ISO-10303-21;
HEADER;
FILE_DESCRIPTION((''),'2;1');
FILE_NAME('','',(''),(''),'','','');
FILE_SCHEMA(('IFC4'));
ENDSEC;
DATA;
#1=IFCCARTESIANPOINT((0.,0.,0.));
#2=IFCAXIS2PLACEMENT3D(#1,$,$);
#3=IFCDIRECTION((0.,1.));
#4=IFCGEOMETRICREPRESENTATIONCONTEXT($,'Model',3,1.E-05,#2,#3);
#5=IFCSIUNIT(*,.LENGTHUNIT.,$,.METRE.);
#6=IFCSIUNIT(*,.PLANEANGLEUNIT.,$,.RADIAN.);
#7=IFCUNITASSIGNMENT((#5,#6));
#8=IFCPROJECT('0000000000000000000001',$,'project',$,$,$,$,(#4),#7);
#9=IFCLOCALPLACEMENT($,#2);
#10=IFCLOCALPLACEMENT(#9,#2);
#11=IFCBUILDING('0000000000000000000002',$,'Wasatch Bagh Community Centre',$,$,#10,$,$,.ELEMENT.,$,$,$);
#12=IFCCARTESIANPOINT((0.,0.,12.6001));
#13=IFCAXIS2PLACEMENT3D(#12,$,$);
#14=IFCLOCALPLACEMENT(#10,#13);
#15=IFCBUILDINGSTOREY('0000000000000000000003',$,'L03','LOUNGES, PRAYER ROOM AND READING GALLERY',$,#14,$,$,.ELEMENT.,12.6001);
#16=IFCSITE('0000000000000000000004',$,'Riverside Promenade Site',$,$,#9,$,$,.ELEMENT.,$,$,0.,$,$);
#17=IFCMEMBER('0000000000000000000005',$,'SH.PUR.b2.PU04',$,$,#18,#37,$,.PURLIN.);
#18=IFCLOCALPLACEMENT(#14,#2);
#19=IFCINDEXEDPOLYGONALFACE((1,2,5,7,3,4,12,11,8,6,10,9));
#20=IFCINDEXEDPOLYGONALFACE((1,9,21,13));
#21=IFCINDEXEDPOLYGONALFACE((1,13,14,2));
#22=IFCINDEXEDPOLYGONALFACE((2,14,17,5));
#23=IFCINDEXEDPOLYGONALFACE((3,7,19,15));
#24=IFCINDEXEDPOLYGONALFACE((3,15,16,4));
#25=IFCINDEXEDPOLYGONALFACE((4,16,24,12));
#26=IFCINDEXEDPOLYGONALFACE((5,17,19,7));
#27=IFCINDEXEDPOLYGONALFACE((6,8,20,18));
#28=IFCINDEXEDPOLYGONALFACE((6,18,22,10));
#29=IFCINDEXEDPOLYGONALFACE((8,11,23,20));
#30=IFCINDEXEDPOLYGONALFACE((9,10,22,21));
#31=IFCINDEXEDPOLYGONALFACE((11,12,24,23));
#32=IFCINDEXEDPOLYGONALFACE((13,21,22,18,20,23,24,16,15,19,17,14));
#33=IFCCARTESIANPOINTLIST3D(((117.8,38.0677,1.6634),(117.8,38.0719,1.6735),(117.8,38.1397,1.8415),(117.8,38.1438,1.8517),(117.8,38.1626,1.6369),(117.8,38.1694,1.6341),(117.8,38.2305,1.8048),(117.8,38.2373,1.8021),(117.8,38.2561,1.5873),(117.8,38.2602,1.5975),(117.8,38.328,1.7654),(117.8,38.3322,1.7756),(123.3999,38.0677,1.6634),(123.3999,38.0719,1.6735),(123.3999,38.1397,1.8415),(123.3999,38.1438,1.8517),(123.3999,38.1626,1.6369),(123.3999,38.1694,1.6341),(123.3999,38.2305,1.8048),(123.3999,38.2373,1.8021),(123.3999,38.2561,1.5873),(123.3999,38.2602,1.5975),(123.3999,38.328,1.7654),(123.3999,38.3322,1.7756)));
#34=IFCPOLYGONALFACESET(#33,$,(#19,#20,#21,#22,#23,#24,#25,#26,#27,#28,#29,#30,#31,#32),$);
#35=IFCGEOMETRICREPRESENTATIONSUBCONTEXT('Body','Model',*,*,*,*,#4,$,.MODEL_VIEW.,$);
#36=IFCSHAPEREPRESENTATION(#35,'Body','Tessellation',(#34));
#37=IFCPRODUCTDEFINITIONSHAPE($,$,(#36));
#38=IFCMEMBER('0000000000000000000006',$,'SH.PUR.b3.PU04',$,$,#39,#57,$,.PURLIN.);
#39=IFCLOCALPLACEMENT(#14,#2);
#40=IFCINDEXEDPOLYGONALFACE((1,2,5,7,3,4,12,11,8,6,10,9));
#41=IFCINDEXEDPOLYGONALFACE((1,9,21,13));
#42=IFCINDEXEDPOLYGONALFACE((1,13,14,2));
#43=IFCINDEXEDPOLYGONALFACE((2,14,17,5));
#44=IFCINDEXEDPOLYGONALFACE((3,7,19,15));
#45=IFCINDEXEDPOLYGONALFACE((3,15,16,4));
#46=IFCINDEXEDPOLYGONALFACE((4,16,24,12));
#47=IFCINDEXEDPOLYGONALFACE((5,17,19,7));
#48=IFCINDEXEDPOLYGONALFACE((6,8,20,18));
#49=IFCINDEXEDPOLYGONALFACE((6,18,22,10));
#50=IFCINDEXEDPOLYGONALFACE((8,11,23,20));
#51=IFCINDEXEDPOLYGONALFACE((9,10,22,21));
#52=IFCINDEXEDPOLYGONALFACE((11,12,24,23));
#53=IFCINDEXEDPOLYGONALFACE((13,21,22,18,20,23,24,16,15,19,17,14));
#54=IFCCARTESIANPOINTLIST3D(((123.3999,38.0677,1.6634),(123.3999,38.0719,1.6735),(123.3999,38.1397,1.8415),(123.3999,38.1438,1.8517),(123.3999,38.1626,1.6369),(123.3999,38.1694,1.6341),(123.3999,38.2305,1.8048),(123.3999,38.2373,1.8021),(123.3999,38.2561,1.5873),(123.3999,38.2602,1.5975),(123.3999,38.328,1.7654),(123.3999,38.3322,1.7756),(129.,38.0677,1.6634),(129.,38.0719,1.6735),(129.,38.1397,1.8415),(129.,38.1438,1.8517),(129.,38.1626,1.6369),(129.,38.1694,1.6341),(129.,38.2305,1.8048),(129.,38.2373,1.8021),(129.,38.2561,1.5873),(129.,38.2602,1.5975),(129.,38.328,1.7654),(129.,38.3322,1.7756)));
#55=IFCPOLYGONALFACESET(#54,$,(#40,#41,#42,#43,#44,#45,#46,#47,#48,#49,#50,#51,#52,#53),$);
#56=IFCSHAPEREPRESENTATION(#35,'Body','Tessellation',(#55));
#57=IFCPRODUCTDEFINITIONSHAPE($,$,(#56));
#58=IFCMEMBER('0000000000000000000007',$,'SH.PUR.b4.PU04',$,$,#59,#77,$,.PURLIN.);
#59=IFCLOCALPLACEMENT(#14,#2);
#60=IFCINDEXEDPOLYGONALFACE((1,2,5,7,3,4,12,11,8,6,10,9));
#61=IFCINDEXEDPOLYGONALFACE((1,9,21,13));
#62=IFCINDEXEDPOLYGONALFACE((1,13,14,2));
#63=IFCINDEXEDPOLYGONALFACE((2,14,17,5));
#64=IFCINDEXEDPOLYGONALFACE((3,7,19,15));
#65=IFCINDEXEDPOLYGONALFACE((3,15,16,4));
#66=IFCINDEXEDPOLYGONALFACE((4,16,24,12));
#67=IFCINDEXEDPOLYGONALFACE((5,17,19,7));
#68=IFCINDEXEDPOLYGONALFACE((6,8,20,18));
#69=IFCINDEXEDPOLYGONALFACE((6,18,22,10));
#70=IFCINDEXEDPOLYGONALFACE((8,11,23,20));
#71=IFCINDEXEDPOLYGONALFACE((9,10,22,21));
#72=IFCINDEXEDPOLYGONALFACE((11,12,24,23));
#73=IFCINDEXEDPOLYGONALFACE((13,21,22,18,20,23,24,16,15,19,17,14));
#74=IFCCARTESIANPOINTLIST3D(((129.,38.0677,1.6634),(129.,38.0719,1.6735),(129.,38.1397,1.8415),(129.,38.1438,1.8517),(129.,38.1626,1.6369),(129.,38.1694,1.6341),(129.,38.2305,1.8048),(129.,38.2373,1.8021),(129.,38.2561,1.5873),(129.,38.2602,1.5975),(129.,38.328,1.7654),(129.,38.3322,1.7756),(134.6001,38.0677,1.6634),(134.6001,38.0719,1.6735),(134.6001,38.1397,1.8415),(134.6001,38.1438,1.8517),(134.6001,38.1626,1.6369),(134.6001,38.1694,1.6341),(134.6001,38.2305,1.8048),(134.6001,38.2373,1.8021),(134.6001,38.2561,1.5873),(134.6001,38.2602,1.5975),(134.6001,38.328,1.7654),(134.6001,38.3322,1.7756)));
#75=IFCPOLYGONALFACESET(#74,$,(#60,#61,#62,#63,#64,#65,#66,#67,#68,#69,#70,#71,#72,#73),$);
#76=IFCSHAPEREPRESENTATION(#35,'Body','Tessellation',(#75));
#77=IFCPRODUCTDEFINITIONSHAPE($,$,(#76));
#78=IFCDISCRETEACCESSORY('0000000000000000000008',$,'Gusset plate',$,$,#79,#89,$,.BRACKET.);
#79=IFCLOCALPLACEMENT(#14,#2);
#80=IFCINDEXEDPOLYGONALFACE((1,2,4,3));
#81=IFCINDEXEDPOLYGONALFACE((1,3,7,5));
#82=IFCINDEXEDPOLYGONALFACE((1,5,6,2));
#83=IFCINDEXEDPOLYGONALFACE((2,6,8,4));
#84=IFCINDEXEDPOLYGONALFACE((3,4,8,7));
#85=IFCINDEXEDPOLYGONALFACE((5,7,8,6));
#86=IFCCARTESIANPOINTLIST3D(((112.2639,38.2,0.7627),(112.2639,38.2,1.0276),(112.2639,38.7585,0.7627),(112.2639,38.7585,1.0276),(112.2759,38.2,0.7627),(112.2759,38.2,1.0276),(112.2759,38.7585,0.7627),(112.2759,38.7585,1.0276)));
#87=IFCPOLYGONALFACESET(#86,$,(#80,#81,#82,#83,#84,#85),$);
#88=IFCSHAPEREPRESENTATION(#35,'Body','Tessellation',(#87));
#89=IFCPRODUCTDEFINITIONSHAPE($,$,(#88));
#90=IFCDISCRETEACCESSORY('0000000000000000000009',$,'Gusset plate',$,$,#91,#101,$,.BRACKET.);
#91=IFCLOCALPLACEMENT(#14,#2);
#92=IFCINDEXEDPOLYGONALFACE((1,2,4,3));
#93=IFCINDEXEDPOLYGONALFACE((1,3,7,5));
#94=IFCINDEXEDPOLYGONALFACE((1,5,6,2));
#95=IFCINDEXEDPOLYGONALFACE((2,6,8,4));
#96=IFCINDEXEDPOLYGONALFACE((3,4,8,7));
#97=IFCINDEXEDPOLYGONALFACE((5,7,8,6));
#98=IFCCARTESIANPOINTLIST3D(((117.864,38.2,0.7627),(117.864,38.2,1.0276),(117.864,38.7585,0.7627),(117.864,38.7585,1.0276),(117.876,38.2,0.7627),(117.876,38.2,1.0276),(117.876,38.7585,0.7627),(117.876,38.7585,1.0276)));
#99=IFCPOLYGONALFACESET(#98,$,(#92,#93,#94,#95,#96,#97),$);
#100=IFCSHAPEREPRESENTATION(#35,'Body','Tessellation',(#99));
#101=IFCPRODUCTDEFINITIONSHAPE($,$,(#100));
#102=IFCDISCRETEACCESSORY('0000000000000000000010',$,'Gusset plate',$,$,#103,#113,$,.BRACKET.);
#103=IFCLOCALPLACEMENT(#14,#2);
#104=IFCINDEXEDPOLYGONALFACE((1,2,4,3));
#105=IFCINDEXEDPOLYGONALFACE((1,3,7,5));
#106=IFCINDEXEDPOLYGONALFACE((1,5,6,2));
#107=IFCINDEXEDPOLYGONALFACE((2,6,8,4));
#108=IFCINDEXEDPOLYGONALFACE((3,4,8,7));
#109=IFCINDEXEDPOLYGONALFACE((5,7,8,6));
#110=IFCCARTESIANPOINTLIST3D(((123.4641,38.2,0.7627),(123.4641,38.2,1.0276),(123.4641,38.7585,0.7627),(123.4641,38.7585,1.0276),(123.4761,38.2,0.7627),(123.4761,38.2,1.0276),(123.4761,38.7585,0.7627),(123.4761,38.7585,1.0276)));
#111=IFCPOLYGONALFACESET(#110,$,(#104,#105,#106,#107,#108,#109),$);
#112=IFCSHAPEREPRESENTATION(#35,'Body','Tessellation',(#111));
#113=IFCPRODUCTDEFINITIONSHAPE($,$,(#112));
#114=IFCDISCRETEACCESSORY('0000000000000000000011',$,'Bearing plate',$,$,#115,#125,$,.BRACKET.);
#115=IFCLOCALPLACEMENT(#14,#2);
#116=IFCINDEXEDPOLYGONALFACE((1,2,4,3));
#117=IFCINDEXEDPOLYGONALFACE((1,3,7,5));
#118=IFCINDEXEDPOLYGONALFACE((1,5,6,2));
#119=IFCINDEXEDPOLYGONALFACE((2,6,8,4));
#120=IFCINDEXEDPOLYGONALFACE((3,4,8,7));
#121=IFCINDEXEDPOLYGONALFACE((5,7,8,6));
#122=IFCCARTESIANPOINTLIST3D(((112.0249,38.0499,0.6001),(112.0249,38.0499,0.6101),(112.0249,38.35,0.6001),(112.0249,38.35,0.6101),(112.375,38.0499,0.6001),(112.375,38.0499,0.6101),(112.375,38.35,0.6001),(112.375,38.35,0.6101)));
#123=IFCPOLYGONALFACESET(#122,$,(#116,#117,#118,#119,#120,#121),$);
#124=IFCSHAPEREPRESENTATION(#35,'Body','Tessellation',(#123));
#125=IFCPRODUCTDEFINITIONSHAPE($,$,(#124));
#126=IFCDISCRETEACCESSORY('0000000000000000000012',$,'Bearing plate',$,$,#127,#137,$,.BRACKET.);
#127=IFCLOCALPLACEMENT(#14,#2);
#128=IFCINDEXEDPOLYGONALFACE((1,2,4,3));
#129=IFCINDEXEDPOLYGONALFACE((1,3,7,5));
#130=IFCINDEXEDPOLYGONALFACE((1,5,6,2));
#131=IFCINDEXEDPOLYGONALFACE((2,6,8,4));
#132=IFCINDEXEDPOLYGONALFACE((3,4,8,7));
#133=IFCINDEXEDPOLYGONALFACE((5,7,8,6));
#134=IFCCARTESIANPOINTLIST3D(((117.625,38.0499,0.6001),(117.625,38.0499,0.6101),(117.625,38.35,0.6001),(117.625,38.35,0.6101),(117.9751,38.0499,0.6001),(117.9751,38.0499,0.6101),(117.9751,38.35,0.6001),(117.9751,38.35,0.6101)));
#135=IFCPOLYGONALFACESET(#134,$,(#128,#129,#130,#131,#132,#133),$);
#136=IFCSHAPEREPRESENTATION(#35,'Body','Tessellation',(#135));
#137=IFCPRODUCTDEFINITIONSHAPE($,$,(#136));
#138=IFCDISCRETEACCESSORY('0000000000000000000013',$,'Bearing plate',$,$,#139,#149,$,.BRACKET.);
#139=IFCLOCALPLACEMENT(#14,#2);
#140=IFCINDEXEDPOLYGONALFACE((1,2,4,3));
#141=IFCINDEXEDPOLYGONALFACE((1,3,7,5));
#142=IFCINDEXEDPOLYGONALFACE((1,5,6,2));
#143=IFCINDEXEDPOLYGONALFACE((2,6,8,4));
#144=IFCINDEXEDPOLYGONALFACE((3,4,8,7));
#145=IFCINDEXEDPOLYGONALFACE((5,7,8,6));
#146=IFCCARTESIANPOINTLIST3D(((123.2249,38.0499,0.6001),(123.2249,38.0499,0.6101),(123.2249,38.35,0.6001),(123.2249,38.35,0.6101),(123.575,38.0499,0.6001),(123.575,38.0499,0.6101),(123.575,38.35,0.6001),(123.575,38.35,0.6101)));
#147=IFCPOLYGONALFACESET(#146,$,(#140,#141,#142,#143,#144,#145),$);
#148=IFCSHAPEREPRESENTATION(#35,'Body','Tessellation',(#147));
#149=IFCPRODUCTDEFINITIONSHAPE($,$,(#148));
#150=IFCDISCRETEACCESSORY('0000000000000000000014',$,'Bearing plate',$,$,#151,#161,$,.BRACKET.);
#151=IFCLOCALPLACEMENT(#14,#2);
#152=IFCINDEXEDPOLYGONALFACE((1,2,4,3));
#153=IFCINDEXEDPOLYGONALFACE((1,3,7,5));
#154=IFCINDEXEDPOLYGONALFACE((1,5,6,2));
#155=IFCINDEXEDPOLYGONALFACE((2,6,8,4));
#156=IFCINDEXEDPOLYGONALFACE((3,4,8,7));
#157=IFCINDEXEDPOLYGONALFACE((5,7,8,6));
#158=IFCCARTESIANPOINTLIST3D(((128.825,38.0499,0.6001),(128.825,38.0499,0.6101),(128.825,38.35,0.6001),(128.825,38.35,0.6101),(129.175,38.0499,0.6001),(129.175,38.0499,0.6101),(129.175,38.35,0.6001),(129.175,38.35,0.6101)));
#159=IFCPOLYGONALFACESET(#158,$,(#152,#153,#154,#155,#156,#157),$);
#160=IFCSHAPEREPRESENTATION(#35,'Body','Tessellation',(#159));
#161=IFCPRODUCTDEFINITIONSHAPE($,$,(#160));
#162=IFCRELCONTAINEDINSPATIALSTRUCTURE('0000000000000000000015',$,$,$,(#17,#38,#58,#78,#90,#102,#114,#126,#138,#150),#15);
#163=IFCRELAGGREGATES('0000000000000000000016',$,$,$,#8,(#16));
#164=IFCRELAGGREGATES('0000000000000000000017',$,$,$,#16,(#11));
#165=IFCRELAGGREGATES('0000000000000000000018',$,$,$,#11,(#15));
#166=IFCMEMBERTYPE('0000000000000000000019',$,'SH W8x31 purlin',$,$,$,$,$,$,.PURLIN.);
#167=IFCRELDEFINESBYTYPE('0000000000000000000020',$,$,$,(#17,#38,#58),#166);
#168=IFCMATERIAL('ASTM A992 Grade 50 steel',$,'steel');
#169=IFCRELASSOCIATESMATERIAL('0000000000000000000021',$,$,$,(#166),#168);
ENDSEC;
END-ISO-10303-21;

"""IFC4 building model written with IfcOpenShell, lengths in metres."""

from ifc_helpers import new_model, si_unit, direction, frame, origin, origin_2d, place, context, subcontext, project, spatial, polyline, rectangle, i_section, outline, extrude, material, material_profile, profile_set, type_object, element, save


model = new_model("IFC4")

# Units and contexts
model_context = context("Model", 3, precision=1e-05, world=origin(), true_north=direction((0.0, 1.0)))
body_context = subcontext(model_context, "Body", "Model", "MODEL_VIEW")
ifc_project = project(units=[si_unit("LENGTHUNIT", "METRE"), si_unit("PLANEANGLEUNIT", "RADIAN")], contexts=[model_context])

# Site, building, storey
site_placement = place(None, origin())
site = spatial("IfcSite", under=ifc_project, at=site_placement, Name="Riverside Promenade Site", CompositionType="ELEMENT", RefElevation=0.0)
building_placement = place(site_placement, origin())
building = spatial("IfcBuilding", under=site, at=building_placement, Name="Wasatch Bagh Community Centre", CompositionType="ELEMENT")
storey_placement = place(building_placement, frame((0.0, 0.0, 12.6001)))
storey = spatial("IfcBuildingStorey", under=building, at=storey_placement, Name="L03", Description="LOUNGES, PRAYER ROOM AND READING GALLERY", CompositionType="ELEMENT", Elevation=12.6001)

# Members
ifc_material_1 = material(Name="ASTM A992 Grade 50 steel", Category="steel")
ifc_material_profile_1 = material_profile(ifc_material_1, i_section(OverallWidth=0.2031, OverallDepth=0.2031, WebThickness=0.0073, FlangeThickness=0.011, at=origin_2d()), Name="W8x31")
ifc_profile_set_1 = profile_set([ifc_material_profile_1], Name="ASTM A992 Grade 50 steel")
member_type_1 = type_object("IfcMemberType", Name="SH W8x31 purlin", PredefinedType="PURLIN", material=ifc_profile_set_1)
member_1_placement = place(storey_placement, frame((117.8, 38.2, 1.7195), z_axis=(1.0, 0.0, 0.0), x_axis=(0.0, 0.927184, -0.374607)))
element("IfcMember", 1, at=member_1_placement, inside=storey, type_object=member_type_1, Name="SH.PUR.b2.PU04", PredefinedType="PURLIN", context=body_context, shape_type="SweptSolid", body=[
    extrude(i_section(OverallWidth=0.2031, OverallDepth=0.2031, WebThickness=0.0073, FlangeThickness=0.011, at=origin_2d()), origin(), (0.0, 0.0, 1.0), 5.5999),
])
for number, where, z_axis, x_axis, name in (
    (2, (123.3999, 38.2, 1.7195), (1.0, 0.0, 0.0), (0.0, 0.927184, -0.374607), "SH.PUR.b3.PU04"),
    (3, (129.0, 38.2, 1.7195), (1.0, 0.0, 0.0), (0.0, 0.927184, -0.374607), "SH.PUR.b4.PU04"),
):
    element("IfcMember", number, at=place(storey_placement, frame(where, z_axis=z_axis, x_axis=x_axis)), inside=storey, type_object=member_type_1, Name=name, PredefinedType="PURLIN", context=body_context, shape_type="SweptSolid", body=[
        extrude(i_section(OverallWidth=0.2031, OverallDepth=0.2031, WebThickness=0.0073, FlangeThickness=0.011, at=origin_2d()), origin(), (0.0, 0.0, 1.0), 5.6001),
    ])

# Discrete accessories
for number, where, z_axis, x_axis, name in (
    (4, (112.2759, 38.2, 0.7627), (1.0, 0.0, 0.0), (0.0, 1.0, 0.0), "Gusset plate"),
    (5, (117.876, 38.2, 0.7627), (1.0, 0.0, 0.0), (0.0, 1.0, 0.0), "Gusset plate"),
    (6, (123.4761, 38.2, 0.7627), (1.0, 0.0, 0.0), (0.0, 1.0, 0.0), "Gusset plate"),
):
    element("IfcDiscreteAccessory", number, at=place(storey_placement, frame(where, z_axis=z_axis, x_axis=x_axis)), inside=storey, Name=name, PredefinedType="BRACKET", context=body_context, shape_type="SweptSolid", body=[
        extrude(outline(polyline([(0.0, 0.0), (0.5586, 0.0), (0.5586, 0.2649), (0.0, 0.2649), (0.0, 0.0)])), origin(), (0.0, 0.0, -1.0), 0.012),
    ])
for number, where, z_axis, x_axis, name in (
    (7, (112.2, 38.2, 0.6001), (0.0, 0.0, 1.0), (1.0, 0.0, 0.0), "Bearing plate"),
    (8, (117.8, 38.2, 0.6001), (0.0, 0.0, 1.0), (1.0, 0.0, 0.0), "Bearing plate"),
    (9, (123.3999, 38.2, 0.6001), (0.0, 0.0, 1.0), (1.0, 0.0, 0.0), "Bearing plate"),
    (10, (129.0, 38.2, 0.6001), (0.0, 0.0, 1.0), (1.0, 0.0, 0.0), "Bearing plate"),
):
    element("IfcDiscreteAccessory", number, at=place(storey_placement, frame(where, z_axis=z_axis, x_axis=x_axis)), inside=storey, Name=name, PredefinedType="BRACKET", context=body_context, shape_type="SweptSolid", body=[
        extrude(rectangle(XDim=0.3501, YDim=0.3, at=origin_2d()), origin(), (0.0, 0.0, 1.0), 0.01),
    ])

save(model, "model.ifc")
